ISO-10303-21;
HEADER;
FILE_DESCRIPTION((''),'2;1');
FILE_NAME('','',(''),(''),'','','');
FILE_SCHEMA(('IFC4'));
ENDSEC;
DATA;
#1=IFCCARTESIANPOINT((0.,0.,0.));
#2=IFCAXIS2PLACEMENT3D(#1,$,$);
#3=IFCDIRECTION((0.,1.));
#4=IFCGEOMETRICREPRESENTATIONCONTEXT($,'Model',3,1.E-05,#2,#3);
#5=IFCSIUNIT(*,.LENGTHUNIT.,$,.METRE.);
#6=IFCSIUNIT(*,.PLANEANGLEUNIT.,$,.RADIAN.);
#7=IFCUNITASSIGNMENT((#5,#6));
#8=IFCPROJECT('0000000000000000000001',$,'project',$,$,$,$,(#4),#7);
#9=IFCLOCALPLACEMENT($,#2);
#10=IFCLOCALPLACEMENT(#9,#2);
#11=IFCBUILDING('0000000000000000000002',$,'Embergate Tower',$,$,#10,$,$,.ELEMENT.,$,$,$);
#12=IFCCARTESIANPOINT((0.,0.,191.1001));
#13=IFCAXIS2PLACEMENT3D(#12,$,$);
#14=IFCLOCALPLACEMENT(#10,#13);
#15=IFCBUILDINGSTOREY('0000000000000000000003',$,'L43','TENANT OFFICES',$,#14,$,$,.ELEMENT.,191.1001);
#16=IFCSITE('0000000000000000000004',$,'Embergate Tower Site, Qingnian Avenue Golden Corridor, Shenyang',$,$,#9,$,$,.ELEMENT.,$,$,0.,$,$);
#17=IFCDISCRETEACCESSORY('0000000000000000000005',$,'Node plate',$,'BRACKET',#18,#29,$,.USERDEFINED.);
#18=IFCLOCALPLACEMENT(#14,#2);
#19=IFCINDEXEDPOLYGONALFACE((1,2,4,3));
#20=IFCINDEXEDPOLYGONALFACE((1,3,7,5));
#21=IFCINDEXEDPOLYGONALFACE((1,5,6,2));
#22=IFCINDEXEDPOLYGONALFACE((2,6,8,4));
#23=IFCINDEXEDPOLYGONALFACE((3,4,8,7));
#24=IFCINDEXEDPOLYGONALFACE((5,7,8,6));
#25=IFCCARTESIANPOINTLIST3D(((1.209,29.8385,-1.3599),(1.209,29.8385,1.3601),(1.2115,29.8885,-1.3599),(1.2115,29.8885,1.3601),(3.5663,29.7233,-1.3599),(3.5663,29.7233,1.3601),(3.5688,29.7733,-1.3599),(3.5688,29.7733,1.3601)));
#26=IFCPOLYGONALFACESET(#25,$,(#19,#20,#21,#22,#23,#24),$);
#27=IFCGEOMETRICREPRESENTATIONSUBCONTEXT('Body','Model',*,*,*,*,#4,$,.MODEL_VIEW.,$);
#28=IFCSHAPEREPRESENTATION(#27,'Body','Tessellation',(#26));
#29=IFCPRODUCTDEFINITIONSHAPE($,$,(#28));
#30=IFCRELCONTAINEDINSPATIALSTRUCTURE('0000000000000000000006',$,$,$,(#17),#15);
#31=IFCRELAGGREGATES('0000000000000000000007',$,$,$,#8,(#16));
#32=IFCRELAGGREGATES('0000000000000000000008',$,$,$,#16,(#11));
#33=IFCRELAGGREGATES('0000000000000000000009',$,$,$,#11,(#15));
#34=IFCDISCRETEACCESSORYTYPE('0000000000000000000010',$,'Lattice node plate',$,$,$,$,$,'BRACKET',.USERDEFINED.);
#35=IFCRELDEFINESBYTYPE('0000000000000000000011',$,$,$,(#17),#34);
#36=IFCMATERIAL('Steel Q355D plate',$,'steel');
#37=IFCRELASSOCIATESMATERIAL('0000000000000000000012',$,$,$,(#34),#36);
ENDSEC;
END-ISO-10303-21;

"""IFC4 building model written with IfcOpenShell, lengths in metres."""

from ifc_helpers import new_model, si_unit, direction, frame, origin, origin_2d, place, context, subcontext, project, spatial, rectangle, extrude, source, transform, mapped, material, type_object, element, save


model = new_model("IFC4")

# Units and contexts
model_context = context("Model", 3, precision=1e-05, world=origin(), true_north=direction((0.0, 1.0)))
body_context = subcontext(model_context, "Body", "Model", "MODEL_VIEW")
ifc_project = project(units=[si_unit("LENGTHUNIT", "METRE"), si_unit("PLANEANGLEUNIT", "RADIAN")], contexts=[model_context])

# Site, building, storey
site_placement = place(None, origin())
site = spatial("IfcSite", under=ifc_project, at=site_placement, Name="Embergate Tower Site, Qingnian Avenue Golden Corridor, Shenyang", CompositionType="ELEMENT", RefElevation=0.0)
building_placement = place(site_placement, origin())
building = spatial("IfcBuilding", under=site, at=building_placement, Name="Embergate Tower", CompositionType="ELEMENT")
storey_placement = place(building_placement, frame((0.0, 0.0, 191.1001)))
storey = spatial("IfcBuildingStorey", under=building, at=storey_placement, Name="L43", Description="TENANT OFFICES", CompositionType="ELEMENT", Elevation=191.1001)

# Discrete accessory
ifc_material_1 = material(Name="Steel Q355D plate", Category="steel")
discrete_accessory_type = type_object("IfcDiscreteAccessoryType", Name="Lattice node plate", ElementType="BRACKET", PredefinedType="USERDEFINED", material=ifc_material_1)
shared_shape_1 = source(origin(), body_context, "Body", "SweptSolid", [
    extrude(rectangle(XDim=2.3601, YDim=0.05, at=origin_2d()), origin(), (0.0, 0.0, 1.0), 2.72),
])
discrete_accessory_placement = place(storey_placement, frame((2.3889, 29.8059, -1.3599), z_axis=(0.0, 0.0, 1.0), x_axis=(-0.998808, 0.048815, 0.0)))
element("IfcDiscreteAccessory", 1, at=discrete_accessory_placement, inside=storey, type_object=discrete_accessory_type, Name="Node plate", ObjectType="BRACKET", PredefinedType="USERDEFINED", context=body_context, shape_type="MappedRepresentation", body=[
    mapped(shared_shape_1, transform((0.0, 0.0, 0.0))),
])

save(model, "model.ifc")
